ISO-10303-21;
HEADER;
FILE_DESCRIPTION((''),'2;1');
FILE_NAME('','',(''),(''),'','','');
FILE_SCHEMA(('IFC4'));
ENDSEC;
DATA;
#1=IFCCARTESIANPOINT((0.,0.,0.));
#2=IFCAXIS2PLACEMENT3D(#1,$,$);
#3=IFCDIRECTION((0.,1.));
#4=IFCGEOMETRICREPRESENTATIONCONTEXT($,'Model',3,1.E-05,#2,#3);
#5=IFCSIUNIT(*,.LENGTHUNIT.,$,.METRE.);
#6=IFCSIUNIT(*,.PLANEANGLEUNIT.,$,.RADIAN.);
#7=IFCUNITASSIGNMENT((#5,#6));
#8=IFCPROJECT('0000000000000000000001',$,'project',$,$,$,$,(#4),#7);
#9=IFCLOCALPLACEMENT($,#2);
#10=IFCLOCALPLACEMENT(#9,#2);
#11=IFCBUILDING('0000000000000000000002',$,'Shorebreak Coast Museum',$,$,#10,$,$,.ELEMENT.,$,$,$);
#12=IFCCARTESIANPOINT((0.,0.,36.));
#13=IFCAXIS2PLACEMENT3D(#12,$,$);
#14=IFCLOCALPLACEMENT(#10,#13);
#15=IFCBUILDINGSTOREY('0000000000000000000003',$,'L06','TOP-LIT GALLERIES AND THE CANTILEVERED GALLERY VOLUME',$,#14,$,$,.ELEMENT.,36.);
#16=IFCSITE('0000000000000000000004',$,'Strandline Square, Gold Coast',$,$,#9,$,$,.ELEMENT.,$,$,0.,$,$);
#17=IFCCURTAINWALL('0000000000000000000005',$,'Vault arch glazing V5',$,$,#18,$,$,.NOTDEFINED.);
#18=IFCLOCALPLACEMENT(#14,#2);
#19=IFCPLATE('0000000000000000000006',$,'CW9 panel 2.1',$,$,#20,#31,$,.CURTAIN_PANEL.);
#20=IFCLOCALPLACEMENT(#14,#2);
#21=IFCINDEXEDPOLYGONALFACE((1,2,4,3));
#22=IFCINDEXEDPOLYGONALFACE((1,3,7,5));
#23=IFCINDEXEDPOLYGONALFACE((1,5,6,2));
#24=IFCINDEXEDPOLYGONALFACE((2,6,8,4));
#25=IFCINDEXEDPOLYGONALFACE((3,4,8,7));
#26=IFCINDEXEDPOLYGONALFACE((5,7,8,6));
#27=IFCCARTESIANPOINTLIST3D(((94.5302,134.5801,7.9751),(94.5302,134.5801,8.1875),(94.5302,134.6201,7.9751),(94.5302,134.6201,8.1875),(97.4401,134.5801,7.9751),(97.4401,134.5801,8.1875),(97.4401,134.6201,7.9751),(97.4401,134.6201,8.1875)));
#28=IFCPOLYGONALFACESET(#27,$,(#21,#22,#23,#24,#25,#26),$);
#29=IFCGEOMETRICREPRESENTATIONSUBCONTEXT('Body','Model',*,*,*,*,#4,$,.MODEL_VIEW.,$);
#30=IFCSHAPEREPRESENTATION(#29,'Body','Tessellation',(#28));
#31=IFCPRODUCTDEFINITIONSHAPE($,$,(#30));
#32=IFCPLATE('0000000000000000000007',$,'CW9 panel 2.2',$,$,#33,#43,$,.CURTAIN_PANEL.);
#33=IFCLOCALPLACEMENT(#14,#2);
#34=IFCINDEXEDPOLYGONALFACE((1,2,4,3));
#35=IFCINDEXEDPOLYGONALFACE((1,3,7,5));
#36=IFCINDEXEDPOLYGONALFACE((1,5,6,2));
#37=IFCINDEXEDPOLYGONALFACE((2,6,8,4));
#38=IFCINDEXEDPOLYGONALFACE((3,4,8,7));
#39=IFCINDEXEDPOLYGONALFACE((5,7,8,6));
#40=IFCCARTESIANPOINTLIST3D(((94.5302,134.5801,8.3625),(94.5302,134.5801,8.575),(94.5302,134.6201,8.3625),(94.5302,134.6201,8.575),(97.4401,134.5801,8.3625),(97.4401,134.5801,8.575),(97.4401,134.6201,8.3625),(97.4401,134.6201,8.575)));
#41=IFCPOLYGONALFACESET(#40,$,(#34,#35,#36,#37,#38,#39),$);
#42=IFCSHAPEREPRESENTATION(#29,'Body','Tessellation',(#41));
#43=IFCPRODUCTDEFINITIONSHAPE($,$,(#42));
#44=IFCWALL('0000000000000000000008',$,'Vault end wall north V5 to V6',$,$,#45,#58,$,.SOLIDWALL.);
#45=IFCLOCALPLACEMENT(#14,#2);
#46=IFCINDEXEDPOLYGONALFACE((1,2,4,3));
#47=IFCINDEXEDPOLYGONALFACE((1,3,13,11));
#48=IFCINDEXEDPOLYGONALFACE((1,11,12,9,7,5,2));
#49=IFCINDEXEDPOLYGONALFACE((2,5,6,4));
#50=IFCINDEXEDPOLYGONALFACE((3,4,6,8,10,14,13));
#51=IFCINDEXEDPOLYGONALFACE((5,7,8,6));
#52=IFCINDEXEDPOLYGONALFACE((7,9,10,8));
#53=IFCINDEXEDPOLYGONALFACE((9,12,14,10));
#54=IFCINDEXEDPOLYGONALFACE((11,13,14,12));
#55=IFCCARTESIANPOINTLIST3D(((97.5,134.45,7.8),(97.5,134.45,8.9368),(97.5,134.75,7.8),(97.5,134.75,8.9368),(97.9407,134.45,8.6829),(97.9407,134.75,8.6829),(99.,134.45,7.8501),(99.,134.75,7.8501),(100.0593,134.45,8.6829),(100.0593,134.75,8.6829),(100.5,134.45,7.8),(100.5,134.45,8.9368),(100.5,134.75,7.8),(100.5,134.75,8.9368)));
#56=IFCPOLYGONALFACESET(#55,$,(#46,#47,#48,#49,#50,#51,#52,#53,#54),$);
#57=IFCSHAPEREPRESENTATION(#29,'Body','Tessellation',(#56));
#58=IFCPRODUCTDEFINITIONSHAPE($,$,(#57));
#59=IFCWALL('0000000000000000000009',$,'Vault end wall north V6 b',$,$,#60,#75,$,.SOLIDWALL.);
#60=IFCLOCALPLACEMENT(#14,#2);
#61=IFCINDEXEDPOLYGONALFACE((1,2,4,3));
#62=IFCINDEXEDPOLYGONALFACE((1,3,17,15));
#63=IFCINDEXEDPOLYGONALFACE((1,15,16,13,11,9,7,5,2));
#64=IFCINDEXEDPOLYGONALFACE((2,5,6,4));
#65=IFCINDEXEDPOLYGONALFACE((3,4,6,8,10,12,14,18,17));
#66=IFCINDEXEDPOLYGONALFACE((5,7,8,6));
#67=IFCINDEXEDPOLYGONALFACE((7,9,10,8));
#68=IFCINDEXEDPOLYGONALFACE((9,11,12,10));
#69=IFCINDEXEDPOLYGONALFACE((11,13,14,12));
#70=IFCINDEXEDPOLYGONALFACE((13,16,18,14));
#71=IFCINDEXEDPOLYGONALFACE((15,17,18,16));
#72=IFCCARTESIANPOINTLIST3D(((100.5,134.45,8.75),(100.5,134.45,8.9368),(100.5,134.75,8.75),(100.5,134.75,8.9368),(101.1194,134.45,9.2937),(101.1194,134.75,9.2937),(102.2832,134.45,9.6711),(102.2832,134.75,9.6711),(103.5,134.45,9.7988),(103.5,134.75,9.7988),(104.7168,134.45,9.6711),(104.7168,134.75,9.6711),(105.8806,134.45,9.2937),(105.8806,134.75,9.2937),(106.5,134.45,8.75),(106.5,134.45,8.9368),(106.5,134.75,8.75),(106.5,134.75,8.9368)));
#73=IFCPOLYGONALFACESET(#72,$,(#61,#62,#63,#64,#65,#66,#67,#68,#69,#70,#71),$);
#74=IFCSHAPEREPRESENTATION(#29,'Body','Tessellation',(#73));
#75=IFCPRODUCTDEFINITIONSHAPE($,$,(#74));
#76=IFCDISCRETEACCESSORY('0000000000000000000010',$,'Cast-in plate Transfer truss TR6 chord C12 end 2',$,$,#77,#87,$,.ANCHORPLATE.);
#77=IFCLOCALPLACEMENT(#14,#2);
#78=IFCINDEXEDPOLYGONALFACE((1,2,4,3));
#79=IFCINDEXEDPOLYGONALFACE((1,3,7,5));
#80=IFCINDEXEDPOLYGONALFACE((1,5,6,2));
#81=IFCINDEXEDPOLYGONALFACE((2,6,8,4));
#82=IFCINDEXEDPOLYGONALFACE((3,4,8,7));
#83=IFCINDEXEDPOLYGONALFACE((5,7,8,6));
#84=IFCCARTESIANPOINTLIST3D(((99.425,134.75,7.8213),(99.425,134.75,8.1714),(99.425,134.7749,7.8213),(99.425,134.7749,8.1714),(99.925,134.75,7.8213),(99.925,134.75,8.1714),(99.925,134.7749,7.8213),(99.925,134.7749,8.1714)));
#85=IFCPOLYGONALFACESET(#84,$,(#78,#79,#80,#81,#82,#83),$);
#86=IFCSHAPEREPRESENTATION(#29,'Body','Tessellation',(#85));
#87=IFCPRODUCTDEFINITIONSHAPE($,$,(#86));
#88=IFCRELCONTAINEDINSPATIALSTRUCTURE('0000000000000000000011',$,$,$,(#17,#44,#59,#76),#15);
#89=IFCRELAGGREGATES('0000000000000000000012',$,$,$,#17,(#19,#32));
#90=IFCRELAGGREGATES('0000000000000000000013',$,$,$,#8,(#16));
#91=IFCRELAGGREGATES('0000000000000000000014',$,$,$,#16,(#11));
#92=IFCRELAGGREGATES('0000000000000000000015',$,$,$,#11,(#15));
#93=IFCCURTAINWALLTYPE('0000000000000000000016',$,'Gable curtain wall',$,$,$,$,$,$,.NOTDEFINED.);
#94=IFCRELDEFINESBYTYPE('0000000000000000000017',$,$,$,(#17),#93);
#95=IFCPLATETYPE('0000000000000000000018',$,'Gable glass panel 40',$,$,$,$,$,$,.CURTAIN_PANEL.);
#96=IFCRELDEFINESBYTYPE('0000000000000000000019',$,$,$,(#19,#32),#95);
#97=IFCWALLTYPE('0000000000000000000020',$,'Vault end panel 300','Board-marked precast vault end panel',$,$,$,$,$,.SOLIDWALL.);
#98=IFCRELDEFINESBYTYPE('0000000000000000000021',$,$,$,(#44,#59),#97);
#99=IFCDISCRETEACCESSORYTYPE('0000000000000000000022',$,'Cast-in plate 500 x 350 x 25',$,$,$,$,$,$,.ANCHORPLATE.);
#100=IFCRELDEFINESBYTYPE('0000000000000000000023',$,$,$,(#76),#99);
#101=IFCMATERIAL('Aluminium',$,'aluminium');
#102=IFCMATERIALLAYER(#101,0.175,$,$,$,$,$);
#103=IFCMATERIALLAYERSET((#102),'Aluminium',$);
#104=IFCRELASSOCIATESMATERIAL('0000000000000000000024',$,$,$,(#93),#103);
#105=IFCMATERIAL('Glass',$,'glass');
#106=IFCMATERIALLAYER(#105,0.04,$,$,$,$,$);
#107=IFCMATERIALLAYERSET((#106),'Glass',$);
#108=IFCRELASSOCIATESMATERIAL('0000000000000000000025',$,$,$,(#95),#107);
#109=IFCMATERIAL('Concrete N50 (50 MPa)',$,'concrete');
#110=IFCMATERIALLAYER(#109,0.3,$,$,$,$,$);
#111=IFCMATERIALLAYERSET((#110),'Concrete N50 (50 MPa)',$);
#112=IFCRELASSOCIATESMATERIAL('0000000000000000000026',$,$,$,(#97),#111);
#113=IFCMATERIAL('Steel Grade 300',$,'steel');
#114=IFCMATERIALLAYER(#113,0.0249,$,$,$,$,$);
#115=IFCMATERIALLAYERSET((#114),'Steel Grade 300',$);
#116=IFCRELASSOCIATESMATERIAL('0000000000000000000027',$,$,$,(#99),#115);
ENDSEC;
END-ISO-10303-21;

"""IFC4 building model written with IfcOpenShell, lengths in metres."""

from ifc_helpers import new_model, si_unit, direction, frame, origin, origin_2d, place, context, subcontext, project, spatial, polyline, rectangle, outline, extrude, material, layer, layer_set, type_object, element, aggregate, save


model = new_model("IFC4")

# Units and contexts
model_context = context("Model", 3, precision=1e-05, world=origin(), true_north=direction((0.0, 1.0)))
body_context = subcontext(model_context, "Body", "Model", "MODEL_VIEW")
ifc_project = project(units=[si_unit("LENGTHUNIT", "METRE"), si_unit("PLANEANGLEUNIT", "RADIAN")], contexts=[model_context])

# Site, building, storey
site_placement = place(None, origin())
site = spatial("IfcSite", under=ifc_project, at=site_placement, Name="Strandline Square, Gold Coast", CompositionType="ELEMENT", RefElevation=0.0)
building_placement = place(site_placement, origin())
building = spatial("IfcBuilding", under=site, at=building_placement, Name="Shorebreak Coast Museum", CompositionType="ELEMENT")
storey_placement = place(building_placement, frame((0.0, 0.0, 36.0)))
storey = spatial("IfcBuildingStorey", under=building, at=storey_placement, Name="L06", Description="TOP-LIT GALLERIES AND THE CANTILEVERED GALLERY VOLUME", CompositionType="ELEMENT", Elevation=36.0)

# Curtain wall
ifc_material_1 = material(Name="Aluminium", Category="aluminium")
ifc_layer_1 = layer(ifc_material_1, 0.175)
ifc_layer_set_1 = layer_set([ifc_layer_1], Name="Aluminium")
curtain_wall_type_1 = type_object("IfcCurtainWallType", Name="Gable curtain wall", PredefinedType="NOTDEFINED", material=ifc_layer_set_1)
curtain_wall_1_placement = place(storey_placement, origin())
curtain_wall_1 = element("IfcCurtainWall", 1, at=curtain_wall_1_placement, inside=storey, type_object=curtain_wall_type_1, Name="Vault arch glazing V5", PredefinedType="NOTDEFINED")

# Plates
ifc_material_2 = material(Name="Glass", Category="glass")
ifc_layer_2 = layer(ifc_material_2, 0.04)
ifc_layer_set_2 = layer_set([ifc_layer_2], Name="Glass")
plate_type_1 = type_object("IfcPlateType", Name="Gable glass panel 40", PredefinedType="CURTAIN_PANEL", material=ifc_layer_set_2)
plate_1_placement = place(storey_placement, frame((95.9851, 134.6001, 7.9751), z_axis=(0.0, 0.0, 1.0), x_axis=(1.0, 0.0, 0.0)))
plate_1 = element("IfcPlate", 2, at=plate_1_placement, type_object=plate_type_1, Name="CW9 panel 2.1", PredefinedType="CURTAIN_PANEL", context=body_context, shape_type="SweptSolid", body=[
    extrude(rectangle(XDim=2.9099, YDim=0.04, at=origin_2d()), origin(), (0.0, 0.0, 1.0), 0.2124),
])
plate_2_placement = place(storey_placement, frame((95.9851, 134.6001, 8.3625), z_axis=(0.0, 0.0, 1.0), x_axis=(1.0, 0.0, 0.0)))
plate_2 = element("IfcPlate", 3, at=plate_2_placement, type_object=plate_type_1, Name="CW9 panel 2.2", PredefinedType="CURTAIN_PANEL", context=body_context, shape_type="SweptSolid", body=[
    extrude(rectangle(XDim=2.9099, YDim=0.04, at=origin_2d()), origin(), (0.0, 0.0, 1.0), 0.2124),
])
aggregate(curtain_wall_1, [plate_1, plate_2])

# Walls
ifc_material_3 = material(Name="Concrete N50 (50 MPa)", Category="concrete")
ifc_layer_3 = layer(ifc_material_3, 0.3)
ifc_layer_set_3 = layer_set([ifc_layer_3], Name="Concrete N50 (50 MPa)")
wall_type = type_object("IfcWallType", Name="Vault end panel 300", Description="Board-marked precast vault end panel", PredefinedType="SOLIDWALL", material=ifc_layer_set_3)
wall_1_placement = place(storey_placement, frame((97.5, 134.6001, 7.8), z_axis=(0.0, 0.0, 1.0), x_axis=(1.0, 0.0, 0.0)))
element("IfcWall", 4, at=wall_1_placement, inside=storey, type_object=wall_type, Name="Vault end wall north V5 to V6", PredefinedType="SOLIDWALL", context=body_context, shape_type="SweptSolid", body=[
    extrude(outline(polyline([(0.0, 0.0), (3.0, 0.0), (3.0, 1.1367), (2.5593, 0.8828), (1.5, 0.05), (0.4407, 0.8828), (0.0, 1.1367), (0.0, 0.0)])), frame((0.0, 0.1499, 0.0), z_axis=(0.0, -1.0, 0.0), x_axis=(1.0, 0.0, 0.0)), (0.0, 0.0, 1.0), 0.3),
])
wall_2_placement = place(storey_placement, frame((100.5, 134.6001, 8.75), z_axis=(0.0, 0.0, 1.0), x_axis=(1.0, 0.0, 0.0)))
element("IfcWall", 5, at=wall_2_placement, inside=storey, type_object=wall_type, Name="Vault end wall north V6 b", PredefinedType="SOLIDWALL", context=body_context, shape_type="SweptSolid", body=[
    extrude(outline(polyline([(0.0, 0.0), (6.0, 0.0), (6.0, 0.1868), (5.3806, 0.5437), (4.2168, 0.9211), (3.0, 1.0488), (1.7832, 0.9211), (0.6194, 0.5437), (0.0, 0.1868), (0.0, 0.0)])), frame((0.0, 0.1499, 0.0), z_axis=(0.0, -1.0, 0.0), x_axis=(1.0, 0.0, 0.0)), (0.0, 0.0, 1.0), 0.3),
])

# Discrete accessory
ifc_material_4 = material(Name="Steel Grade 300", Category="steel")
ifc_layer_4 = layer(ifc_material_4, 0.0249)
ifc_layer_set_4 = layer_set([ifc_layer_4], Name="Steel Grade 300")
discrete_accessory_type = type_object("IfcDiscreteAccessoryType", Name="Cast-in plate 500 x 350 x 25", PredefinedType="ANCHORPLATE", material=ifc_layer_set_4)
discrete_accessory_placement = place(storey_placement, frame((99.425, 134.75, 7.8213), z_axis=(0.0, -1.0, 0.0), x_axis=(1.0, 0.0, 0.0)))
element("IfcDiscreteAccessory", 6, at=discrete_accessory_placement, inside=storey, type_object=discrete_accessory_type, Name="Cast-in plate Transfer truss TR6 chord C12 end 2", PredefinedType="ANCHORPLATE", context=body_context, shape_type="SweptSolid", body=[
    extrude(outline(polyline([(0.0, 0.0), (0.5, 0.0), (0.5, 0.3501), (0.0, 0.3501), (0.0, 0.0)])), origin(), (0.0, 0.0, -1.0), 0.0249),
])

save(model, "model.ifc")
